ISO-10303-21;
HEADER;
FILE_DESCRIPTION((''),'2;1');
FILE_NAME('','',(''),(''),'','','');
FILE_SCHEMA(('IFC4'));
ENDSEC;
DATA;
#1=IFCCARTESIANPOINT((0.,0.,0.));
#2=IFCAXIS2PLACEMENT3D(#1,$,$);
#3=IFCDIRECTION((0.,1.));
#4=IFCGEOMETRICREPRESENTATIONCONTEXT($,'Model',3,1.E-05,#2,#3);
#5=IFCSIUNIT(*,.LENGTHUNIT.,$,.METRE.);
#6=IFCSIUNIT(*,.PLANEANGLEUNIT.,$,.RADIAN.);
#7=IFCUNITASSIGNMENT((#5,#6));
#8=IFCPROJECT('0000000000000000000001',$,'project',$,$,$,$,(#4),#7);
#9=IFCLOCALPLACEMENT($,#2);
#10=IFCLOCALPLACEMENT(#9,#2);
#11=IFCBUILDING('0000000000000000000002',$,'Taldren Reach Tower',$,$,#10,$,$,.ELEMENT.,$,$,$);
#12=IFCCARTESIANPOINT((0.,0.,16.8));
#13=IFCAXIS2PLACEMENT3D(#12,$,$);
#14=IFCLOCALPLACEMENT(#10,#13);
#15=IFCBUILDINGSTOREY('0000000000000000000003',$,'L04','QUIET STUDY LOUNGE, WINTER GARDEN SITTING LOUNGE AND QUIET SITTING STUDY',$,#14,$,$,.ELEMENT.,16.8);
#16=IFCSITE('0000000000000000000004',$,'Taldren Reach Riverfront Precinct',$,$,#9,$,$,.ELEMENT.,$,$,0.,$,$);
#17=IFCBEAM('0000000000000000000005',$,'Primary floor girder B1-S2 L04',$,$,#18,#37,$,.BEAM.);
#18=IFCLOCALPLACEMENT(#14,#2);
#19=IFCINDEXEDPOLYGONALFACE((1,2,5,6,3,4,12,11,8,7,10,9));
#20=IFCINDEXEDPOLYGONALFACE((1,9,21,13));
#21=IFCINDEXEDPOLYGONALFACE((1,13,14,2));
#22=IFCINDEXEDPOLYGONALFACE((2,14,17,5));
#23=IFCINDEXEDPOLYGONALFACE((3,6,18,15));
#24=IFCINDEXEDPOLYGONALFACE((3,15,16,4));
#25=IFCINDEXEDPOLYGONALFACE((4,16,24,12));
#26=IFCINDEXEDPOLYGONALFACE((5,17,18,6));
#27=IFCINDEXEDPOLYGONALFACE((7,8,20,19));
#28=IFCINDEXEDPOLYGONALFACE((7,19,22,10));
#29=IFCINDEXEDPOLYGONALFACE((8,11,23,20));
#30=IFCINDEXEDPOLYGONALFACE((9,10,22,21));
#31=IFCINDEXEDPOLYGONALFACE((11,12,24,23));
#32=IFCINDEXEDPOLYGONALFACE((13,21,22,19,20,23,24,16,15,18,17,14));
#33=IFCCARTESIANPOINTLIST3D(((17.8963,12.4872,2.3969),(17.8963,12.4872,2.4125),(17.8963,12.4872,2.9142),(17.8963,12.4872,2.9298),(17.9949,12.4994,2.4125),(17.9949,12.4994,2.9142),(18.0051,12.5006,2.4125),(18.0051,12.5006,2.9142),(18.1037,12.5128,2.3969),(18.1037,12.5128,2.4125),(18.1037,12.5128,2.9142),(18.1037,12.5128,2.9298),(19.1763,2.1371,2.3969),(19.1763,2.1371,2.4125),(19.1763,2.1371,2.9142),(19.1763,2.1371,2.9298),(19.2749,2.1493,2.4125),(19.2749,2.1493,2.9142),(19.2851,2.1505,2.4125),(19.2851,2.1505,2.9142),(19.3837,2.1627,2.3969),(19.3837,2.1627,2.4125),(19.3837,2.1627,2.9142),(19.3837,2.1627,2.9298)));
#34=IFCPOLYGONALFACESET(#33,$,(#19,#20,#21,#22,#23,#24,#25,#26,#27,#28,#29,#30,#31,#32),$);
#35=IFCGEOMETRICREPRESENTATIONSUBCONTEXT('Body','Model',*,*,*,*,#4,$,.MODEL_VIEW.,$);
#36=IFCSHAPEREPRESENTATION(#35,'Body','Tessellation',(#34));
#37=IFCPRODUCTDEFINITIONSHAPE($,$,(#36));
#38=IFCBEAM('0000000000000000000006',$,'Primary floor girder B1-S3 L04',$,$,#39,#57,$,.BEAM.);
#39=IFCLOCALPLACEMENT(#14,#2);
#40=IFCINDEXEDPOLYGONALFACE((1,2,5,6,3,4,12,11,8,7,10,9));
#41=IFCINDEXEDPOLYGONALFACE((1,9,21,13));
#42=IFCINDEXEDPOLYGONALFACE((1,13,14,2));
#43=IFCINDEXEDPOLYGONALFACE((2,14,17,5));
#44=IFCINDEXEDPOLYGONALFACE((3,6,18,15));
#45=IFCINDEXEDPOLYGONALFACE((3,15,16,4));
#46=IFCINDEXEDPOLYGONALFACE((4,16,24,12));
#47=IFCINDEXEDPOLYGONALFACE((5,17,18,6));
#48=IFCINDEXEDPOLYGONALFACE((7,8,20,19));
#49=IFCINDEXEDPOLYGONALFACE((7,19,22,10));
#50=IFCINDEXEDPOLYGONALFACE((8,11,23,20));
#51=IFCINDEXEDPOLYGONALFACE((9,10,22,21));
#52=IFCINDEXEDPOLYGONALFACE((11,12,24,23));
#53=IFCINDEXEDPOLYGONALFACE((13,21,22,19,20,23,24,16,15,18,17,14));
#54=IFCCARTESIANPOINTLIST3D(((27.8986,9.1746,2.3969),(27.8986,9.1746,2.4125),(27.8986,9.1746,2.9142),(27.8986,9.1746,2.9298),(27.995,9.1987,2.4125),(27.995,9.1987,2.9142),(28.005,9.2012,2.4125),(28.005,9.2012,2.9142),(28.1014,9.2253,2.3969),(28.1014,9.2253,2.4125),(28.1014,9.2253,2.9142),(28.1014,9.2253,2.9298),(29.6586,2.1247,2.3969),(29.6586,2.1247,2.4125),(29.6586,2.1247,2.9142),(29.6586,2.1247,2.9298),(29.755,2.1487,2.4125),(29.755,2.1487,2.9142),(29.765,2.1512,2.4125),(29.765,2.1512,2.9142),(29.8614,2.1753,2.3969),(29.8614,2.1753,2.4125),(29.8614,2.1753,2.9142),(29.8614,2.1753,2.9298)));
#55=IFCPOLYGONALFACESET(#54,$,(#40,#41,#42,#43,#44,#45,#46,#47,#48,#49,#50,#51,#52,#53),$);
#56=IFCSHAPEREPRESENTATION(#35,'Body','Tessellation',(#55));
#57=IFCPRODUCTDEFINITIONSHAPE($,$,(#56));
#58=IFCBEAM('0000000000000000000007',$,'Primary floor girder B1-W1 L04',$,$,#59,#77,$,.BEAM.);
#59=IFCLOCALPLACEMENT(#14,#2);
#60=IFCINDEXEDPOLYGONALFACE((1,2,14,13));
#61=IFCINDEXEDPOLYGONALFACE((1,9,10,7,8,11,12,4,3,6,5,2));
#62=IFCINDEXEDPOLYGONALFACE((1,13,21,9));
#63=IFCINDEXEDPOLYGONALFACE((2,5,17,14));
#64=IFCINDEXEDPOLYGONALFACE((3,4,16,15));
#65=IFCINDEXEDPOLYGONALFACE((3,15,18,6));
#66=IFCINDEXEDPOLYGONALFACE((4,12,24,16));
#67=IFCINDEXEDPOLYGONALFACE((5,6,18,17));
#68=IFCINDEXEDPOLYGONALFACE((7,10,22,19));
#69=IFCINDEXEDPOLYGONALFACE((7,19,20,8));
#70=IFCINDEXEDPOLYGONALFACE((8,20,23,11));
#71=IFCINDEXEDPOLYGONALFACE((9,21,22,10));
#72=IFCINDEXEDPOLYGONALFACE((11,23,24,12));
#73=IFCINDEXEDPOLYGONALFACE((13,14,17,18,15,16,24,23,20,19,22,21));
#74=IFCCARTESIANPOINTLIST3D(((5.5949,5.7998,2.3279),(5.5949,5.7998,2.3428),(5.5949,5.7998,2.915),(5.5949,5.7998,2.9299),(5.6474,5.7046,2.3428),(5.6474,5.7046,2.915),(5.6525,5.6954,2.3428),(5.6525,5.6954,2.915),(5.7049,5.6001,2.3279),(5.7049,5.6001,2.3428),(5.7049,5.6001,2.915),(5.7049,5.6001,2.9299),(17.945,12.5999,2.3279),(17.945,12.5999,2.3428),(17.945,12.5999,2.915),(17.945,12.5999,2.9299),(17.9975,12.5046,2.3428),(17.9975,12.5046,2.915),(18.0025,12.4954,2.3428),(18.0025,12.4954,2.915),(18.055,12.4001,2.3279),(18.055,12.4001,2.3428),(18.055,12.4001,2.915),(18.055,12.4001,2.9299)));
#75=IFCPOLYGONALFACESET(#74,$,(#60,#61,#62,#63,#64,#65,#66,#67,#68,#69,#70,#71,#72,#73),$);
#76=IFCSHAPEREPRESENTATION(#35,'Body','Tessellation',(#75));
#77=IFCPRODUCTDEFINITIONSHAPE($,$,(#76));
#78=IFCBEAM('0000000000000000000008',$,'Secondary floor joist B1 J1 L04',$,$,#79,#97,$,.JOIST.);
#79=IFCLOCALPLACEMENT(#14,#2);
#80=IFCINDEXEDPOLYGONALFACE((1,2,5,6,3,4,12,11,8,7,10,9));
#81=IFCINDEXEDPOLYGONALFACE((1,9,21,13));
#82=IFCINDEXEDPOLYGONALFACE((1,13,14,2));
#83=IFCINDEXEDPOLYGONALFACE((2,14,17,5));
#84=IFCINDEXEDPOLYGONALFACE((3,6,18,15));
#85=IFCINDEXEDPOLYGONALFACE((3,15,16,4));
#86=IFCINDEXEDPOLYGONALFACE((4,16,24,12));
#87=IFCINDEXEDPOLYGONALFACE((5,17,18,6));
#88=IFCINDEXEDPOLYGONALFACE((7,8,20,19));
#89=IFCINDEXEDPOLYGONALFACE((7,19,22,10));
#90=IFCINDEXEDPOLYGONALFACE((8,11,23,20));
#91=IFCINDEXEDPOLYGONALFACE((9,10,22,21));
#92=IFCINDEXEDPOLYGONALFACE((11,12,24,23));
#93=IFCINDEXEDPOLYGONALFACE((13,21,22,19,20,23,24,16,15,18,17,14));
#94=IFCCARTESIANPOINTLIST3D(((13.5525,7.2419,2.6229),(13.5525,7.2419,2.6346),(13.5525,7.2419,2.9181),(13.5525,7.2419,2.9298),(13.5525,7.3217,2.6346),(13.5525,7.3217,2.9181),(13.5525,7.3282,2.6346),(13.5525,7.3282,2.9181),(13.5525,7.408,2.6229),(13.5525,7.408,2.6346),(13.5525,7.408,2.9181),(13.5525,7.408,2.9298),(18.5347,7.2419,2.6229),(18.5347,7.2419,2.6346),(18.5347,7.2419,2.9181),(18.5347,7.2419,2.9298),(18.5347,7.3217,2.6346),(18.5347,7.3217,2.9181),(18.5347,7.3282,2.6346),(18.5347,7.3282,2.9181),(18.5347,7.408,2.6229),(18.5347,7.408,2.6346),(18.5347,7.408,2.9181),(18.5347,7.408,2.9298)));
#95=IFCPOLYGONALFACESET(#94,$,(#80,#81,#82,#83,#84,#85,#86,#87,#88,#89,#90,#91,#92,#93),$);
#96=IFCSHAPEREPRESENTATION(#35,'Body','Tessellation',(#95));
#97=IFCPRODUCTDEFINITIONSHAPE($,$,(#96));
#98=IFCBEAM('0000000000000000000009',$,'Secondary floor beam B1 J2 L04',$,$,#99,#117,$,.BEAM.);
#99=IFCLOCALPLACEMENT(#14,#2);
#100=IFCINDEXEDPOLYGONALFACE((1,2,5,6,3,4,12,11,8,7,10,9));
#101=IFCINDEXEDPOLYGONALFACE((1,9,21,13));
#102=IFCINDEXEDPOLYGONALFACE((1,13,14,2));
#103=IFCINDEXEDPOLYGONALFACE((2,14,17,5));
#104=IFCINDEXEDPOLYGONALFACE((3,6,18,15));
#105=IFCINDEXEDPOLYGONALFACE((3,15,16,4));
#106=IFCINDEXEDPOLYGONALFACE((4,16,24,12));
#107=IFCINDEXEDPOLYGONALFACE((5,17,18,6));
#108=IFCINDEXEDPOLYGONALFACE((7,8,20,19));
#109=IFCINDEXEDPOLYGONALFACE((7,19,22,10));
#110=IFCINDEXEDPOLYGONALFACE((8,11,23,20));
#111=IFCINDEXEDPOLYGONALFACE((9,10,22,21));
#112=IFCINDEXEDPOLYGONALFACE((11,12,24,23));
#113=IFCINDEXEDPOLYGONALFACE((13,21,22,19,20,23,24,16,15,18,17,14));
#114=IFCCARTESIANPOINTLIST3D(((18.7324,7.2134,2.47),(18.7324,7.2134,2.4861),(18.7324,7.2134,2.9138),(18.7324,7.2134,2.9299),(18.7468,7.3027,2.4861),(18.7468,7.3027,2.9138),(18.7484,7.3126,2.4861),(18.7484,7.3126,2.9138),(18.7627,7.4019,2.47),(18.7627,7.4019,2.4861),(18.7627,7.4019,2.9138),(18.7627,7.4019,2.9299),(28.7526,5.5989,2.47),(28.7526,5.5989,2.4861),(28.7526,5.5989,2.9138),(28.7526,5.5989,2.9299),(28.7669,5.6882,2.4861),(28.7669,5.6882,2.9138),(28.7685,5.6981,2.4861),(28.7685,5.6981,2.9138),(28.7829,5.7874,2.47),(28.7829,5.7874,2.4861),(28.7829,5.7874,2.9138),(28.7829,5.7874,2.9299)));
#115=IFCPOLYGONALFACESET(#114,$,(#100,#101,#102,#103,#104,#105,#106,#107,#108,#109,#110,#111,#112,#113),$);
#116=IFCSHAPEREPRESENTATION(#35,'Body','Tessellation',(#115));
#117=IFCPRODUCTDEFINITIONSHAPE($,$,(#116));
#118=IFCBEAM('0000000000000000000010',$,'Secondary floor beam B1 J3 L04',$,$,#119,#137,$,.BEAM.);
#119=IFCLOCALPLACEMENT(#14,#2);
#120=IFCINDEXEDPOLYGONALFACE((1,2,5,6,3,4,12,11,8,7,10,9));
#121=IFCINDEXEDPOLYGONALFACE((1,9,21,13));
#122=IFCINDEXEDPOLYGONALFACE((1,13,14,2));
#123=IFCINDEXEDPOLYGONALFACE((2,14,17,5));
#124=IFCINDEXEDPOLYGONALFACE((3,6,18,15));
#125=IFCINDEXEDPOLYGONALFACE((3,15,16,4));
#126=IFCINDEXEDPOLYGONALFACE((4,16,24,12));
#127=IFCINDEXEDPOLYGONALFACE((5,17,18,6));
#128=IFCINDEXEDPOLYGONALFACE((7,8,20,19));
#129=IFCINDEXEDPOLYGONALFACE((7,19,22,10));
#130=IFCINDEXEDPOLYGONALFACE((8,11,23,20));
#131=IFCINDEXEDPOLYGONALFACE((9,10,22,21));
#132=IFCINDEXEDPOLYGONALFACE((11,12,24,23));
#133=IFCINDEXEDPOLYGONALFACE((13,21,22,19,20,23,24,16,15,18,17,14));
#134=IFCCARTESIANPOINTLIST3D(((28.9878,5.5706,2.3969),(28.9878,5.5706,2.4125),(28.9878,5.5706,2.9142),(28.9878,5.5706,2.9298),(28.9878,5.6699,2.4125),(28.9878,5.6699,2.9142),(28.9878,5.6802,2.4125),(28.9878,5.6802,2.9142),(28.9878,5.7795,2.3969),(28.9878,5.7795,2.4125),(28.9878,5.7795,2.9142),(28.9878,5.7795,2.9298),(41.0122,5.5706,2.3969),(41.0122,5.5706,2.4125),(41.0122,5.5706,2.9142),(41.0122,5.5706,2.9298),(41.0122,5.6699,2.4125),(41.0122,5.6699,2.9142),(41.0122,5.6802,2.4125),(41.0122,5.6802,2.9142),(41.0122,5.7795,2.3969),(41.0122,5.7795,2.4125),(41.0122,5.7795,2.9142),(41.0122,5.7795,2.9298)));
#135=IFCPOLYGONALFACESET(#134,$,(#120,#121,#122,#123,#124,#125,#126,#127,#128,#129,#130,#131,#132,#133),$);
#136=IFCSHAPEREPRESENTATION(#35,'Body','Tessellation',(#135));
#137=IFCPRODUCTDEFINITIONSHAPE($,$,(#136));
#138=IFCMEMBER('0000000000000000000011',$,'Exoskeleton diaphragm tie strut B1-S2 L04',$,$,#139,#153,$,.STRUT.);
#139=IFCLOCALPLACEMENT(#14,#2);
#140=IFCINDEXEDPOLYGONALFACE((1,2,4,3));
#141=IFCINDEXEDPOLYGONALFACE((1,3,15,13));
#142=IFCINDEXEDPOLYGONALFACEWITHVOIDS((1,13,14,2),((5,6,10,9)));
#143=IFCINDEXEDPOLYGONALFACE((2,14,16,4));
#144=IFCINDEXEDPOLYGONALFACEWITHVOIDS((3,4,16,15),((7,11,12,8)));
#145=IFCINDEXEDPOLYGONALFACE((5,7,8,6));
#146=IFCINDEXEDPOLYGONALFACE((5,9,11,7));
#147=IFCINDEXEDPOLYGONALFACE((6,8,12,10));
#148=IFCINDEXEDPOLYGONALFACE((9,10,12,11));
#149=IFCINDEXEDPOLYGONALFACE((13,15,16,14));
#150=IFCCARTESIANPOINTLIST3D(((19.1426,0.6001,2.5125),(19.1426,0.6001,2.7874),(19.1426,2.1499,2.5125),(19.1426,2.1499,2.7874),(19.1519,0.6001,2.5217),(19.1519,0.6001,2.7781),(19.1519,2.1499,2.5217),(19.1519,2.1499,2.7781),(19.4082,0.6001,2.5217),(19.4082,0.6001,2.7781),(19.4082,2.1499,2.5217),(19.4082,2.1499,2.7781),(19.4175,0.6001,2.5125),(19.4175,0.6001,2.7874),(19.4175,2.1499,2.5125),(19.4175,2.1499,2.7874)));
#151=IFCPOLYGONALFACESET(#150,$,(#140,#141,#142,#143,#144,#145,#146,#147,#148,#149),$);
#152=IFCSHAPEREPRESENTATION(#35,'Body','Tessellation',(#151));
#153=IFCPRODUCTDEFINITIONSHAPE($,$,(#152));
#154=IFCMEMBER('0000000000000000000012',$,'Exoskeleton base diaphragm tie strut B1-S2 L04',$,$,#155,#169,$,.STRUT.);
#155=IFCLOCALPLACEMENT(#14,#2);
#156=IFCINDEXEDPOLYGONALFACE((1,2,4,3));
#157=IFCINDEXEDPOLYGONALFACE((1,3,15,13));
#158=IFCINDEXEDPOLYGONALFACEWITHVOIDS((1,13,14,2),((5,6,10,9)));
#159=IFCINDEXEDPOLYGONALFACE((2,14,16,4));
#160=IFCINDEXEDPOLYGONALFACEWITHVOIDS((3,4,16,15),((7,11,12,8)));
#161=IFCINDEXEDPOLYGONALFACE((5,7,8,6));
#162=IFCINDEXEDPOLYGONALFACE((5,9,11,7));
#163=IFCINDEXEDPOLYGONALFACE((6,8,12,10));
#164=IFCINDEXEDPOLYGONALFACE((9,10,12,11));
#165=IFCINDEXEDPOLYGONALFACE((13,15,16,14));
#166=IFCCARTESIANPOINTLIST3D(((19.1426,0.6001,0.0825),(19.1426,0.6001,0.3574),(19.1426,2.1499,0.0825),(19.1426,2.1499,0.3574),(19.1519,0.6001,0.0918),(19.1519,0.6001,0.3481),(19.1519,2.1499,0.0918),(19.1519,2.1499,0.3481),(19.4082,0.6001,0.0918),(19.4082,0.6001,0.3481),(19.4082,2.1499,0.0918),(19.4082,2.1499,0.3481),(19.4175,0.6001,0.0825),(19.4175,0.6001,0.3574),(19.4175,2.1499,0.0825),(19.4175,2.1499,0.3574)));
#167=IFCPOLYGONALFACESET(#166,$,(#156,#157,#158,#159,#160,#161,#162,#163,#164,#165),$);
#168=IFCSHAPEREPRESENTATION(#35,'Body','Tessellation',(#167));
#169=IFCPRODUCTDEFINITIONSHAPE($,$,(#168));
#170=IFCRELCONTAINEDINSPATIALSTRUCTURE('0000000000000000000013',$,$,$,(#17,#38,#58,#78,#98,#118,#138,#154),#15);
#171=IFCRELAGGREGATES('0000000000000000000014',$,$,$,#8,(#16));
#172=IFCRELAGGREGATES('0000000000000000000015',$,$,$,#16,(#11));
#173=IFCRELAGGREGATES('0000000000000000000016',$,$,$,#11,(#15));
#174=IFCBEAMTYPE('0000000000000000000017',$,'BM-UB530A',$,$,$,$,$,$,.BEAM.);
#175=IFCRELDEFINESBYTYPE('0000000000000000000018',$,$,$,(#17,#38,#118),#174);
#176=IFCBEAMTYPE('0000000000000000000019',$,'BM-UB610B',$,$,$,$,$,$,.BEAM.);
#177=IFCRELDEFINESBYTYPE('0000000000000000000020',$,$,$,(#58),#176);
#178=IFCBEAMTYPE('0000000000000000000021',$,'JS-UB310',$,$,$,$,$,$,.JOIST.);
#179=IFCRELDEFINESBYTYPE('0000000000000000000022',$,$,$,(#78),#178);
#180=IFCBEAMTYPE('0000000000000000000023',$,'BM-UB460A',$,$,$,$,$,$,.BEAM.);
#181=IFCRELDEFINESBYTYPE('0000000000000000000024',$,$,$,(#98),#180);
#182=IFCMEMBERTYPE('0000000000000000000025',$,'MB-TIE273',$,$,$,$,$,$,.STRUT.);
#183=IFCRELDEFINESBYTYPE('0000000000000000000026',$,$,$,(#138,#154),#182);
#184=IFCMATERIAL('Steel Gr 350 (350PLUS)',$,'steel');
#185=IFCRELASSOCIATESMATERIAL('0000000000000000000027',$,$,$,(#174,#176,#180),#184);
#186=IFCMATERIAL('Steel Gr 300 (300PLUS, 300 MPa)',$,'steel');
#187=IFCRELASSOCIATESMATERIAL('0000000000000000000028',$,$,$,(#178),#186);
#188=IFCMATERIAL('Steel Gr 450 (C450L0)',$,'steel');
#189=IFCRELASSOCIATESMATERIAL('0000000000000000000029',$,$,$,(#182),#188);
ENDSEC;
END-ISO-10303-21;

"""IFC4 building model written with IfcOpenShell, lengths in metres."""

from ifc_helpers import new_model, si_unit, direction, frame, origin, origin_2d, place, context, subcontext, project, spatial, hollow_rectangle, i_section, extrude, source, transform, mapped, material, material_profile, profile_set, type_object, element, save


model = new_model("IFC4")

# Units and contexts
model_context = context("Model", 3, precision=1e-05, world=origin(), true_north=direction((0.0, 1.0)))
body_context = subcontext(model_context, "Body", "Model", "MODEL_VIEW")
ifc_project = project(units=[si_unit("LENGTHUNIT", "METRE"), si_unit("PLANEANGLEUNIT", "RADIAN")], contexts=[model_context])

# Site, building, storey
site_placement = place(None, origin())
site = spatial("IfcSite", under=ifc_project, at=site_placement, Name="Taldren Reach Riverfront Precinct", CompositionType="ELEMENT", RefElevation=0.0)
building_placement = place(site_placement, origin())
building = spatial("IfcBuilding", under=site, at=building_placement, Name="Taldren Reach Tower", CompositionType="ELEMENT")
storey_placement = place(building_placement, frame((0.0, 0.0, 16.8)))
storey = spatial("IfcBuildingStorey", under=building, at=storey_placement, Name="L04", Description="QUIET STUDY LOUNGE, WINTER GARDEN SITTING LOUNGE AND QUIET SITTING STUDY", CompositionType="ELEMENT", Elevation=16.8)

# Shared definitions
ifc_material_1 = material(Name="Steel Gr 350 (350PLUS)", Category="steel")

# Beams
ifc_material_profile_1 = material_profile(ifc_material_1, i_section(OverallWidth=0.209, OverallDepth=0.533, WebThickness=0.0103, FlangeThickness=0.0156, at=origin_2d()), Name="530UB92.4")
ifc_profile_set_1 = profile_set([ifc_material_profile_1], Name="Steel Gr 350 (350PLUS)")
beam_type_1 = type_object("IfcBeamType", Name="BM-UB530A", PredefinedType="BEAM", material=ifc_profile_set_1)
ifc_material_profile_2 = material_profile(ifc_material_1, i_section(OverallWidth=0.228, OverallDepth=0.6021, WebThickness=0.0105, FlangeThickness=0.0149, at=origin_2d()), Name="610UB101")
ifc_profile_set_2 = profile_set([ifc_material_profile_2], Name="Steel Gr 350 (350PLUS)")
beam_type_2 = type_object("IfcBeamType", Name="BM-UB610B", PredefinedType="BEAM", material=ifc_profile_set_2)
shared_shape_1 = source(origin(), body_context, "Body", "SweptSolid", [
    extrude(i_section(OverallWidth=0.209, OverallDepth=0.533, WebThickness=0.0103, FlangeThickness=0.0156, at=origin_2d()), origin(), (0.0, 0.0, 1.0), 10.429),
])
beam_1_placement = place(storey_placement, frame((18.0, 12.5, 2.6633), z_axis=(0.122738, -0.992439, 0.0), x_axis=(0.992439, 0.122738, 0.0)))
element("IfcBeam", 1, at=beam_1_placement, inside=storey, type_object=beam_type_1, Name="Primary floor girder B1-S2 L04", PredefinedType="BEAM", context=body_context, shape_type="MappedRepresentation", body=[
    mapped(shared_shape_1, transform((0.0, 0.0, 0.0), scale=1.0)),
])
shared_shape_2 = source(origin(), body_context, "Body", "SweptSolid", [
    extrude(i_section(OverallWidth=0.209, OverallDepth=0.533, WebThickness=0.0103, FlangeThickness=0.0156, at=origin_2d()), origin(), (0.0, 0.0, 1.0), 7.2664),
])
beam_2_placement = place(storey_placement, frame((28.0, 9.2, 2.6633), z_axis=(0.242211, -0.970223, 0.0), x_axis=(0.970223, 0.242211, 0.0)))
element("IfcBeam", 2, at=beam_2_placement, inside=storey, type_object=beam_type_1, Name="Primary floor girder B1-S3 L04", PredefinedType="BEAM", context=body_context, shape_type="MappedRepresentation", body=[
    mapped(shared_shape_2, transform((0.0, 0.0, 0.0), scale=1.0)),
])
shared_shape_3 = source(origin(), body_context, "Body", "SweptSolid", [
    extrude(i_section(OverallWidth=0.228, OverallDepth=0.6021, WebThickness=0.0105, FlangeThickness=0.0149, at=origin_2d()), origin(), (0.0, 0.0, 1.0), 14.0984),
])
beam_3_placement = place(storey_placement, frame((18.0, 12.5, 2.6289), z_axis=(-0.875991, -0.482327, 0.0), x_axis=(0.482327, -0.875991, 0.0)))
element("IfcBeam", 3, at=beam_3_placement, inside=storey, type_object=beam_type_2, Name="Primary floor girder B1-W1 L04", PredefinedType="BEAM", context=body_context, shape_type="MappedRepresentation", body=[
    mapped(shared_shape_3, transform((0.0, 0.0, 0.0), scale=1.0)),
])
ifc_material_2 = material(Name="Steel Gr 300 (300PLUS, 300 MPa)", Category="steel")
ifc_material_profile_3 = material_profile(ifc_material_2, i_section(OverallWidth=0.166, OverallDepth=0.3069, WebThickness=0.0066, FlangeThickness=0.0117, at=origin_2d()), Name="310UB46.2")
ifc_profile_set_3 = profile_set([ifc_material_profile_3], Name="Steel Gr 300 (300PLUS, 300 MPa)")
beam_type_3 = type_object("IfcBeamType", Name="JS-UB310", PredefinedType="JOIST", material=ifc_profile_set_3)
shared_shape_4 = source(origin(), body_context, "Body", "SweptSolid", [
    extrude(i_section(OverallWidth=0.166, OverallDepth=0.3069, WebThickness=0.0066, FlangeThickness=0.0117, at=origin_2d()), origin(), (0.0, 0.0, 1.0), 4.9822),
])
beam_4_placement = place(storey_placement, frame((13.5525, 7.325, 2.7764), z_axis=(1.0, 0.0, 0.0), x_axis=(0.0, 1.0, 0.0)))
element("IfcBeam", 4, at=beam_4_placement, inside=storey, type_object=beam_type_3, Name="Secondary floor joist B1 J1 L04", PredefinedType="JOIST", context=body_context, shape_type="MappedRepresentation", body=[
    mapped(shared_shape_4, transform((0.0, 0.0, 0.0), scale=1.0)),
])
ifc_material_profile_4 = material_profile(ifc_material_1, i_section(OverallWidth=0.1909, OverallDepth=0.46, WebThickness=0.01, FlangeThickness=0.0161, at=origin_2d()), Name="460UB82.1")
ifc_profile_set_4 = profile_set([ifc_material_profile_4], Name="Steel Gr 350 (350PLUS)")
beam_type_4 = type_object("IfcBeamType", Name="BM-UB460A", PredefinedType="BEAM", material=ifc_profile_set_4)
shared_shape_5 = source(origin(), body_context, "Body", "SweptSolid", [
    extrude(i_section(OverallWidth=0.1909, OverallDepth=0.46, WebThickness=0.01, FlangeThickness=0.0161, at=origin_2d()), origin(), (0.0, 0.0, 1.0), 10.1494),
])
beam_5_placement = place(storey_placement, frame((18.7476, 7.3076, 2.7), z_axis=(0.987267, -0.159072, 0.0), x_axis=(0.159072, 0.987267, 0.0)))
element("IfcBeam", 5, at=beam_5_placement, inside=storey, type_object=beam_type_4, Name="Secondary floor beam B1 J2 L04", PredefinedType="BEAM", context=body_context, shape_type="MappedRepresentation", body=[
    mapped(shared_shape_5, transform((0.0, 0.0, 0.0), scale=1.0)),
])
shared_shape_6 = source(origin(), body_context, "Body", "SweptSolid", [
    extrude(i_section(OverallWidth=0.209, OverallDepth=0.533, WebThickness=0.0103, FlangeThickness=0.0156, at=origin_2d()), origin(), (0.0, 0.0, 1.0), 12.0244),
])
beam_6_placement = place(storey_placement, frame((28.9878, 5.675, 2.6633), z_axis=(1.0, 0.0, 0.0), x_axis=(0.0, 1.0, 0.0)))
element("IfcBeam", 6, at=beam_6_placement, inside=storey, type_object=beam_type_1, Name="Secondary floor beam B1 J3 L04", PredefinedType="BEAM", context=body_context, shape_type="MappedRepresentation", body=[
    mapped(shared_shape_6, transform((0.0, 0.0, 0.0), scale=1.0)),
])

# Members
ifc_material_3 = material(Name="Steel Gr 450 (C450L0)", Category="steel")
ifc_material_profile_5 = material_profile(ifc_material_3, hollow_rectangle(XDim=0.2749, YDim=0.2749, WallThickness=0.0093, at=origin_2d()), Name="275x275x9.3SHS")
ifc_profile_set_5 = profile_set([ifc_material_profile_5], Name="Steel Gr 450 (C450L0)")
member_type_1 = type_object("IfcMemberType", Name="MB-TIE273", PredefinedType="STRUT", material=ifc_profile_set_5)
shared_shape_7 = source(origin(), body_context, "Body", "SweptSolid", [
    extrude(hollow_rectangle(XDim=0.2749, YDim=0.2749, WallThickness=0.0093, at=origin_2d()), origin(), (0.0, 0.0, 1.0), 1.5498),
])
for number, where, z_axis, x_axis, name in (
    (7, (19.28, 2.1499, 2.6499), (0.0, -1.0, 0.0), (1.0, 0.0, 0.0), "Exoskeleton diaphragm tie strut B1-S2 L04"),
    (8, (19.28, 2.1499, 0.22), (0.0, -1.0, 0.0), (1.0, 0.0, 0.0), "Exoskeleton base diaphragm tie strut B1-S2 L04"),
):
    element("IfcMember", number, at=place(storey_placement, frame(where, z_axis=z_axis, x_axis=x_axis)), inside=storey, type_object=member_type_1, Name=name, PredefinedType="STRUT", context=body_context, shape_type="MappedRepresentation", body=[
        mapped(shared_shape_7, transform((0.0, 0.0, 0.0), scale=1.0)),
    ])

save(model, "model.ifc")
